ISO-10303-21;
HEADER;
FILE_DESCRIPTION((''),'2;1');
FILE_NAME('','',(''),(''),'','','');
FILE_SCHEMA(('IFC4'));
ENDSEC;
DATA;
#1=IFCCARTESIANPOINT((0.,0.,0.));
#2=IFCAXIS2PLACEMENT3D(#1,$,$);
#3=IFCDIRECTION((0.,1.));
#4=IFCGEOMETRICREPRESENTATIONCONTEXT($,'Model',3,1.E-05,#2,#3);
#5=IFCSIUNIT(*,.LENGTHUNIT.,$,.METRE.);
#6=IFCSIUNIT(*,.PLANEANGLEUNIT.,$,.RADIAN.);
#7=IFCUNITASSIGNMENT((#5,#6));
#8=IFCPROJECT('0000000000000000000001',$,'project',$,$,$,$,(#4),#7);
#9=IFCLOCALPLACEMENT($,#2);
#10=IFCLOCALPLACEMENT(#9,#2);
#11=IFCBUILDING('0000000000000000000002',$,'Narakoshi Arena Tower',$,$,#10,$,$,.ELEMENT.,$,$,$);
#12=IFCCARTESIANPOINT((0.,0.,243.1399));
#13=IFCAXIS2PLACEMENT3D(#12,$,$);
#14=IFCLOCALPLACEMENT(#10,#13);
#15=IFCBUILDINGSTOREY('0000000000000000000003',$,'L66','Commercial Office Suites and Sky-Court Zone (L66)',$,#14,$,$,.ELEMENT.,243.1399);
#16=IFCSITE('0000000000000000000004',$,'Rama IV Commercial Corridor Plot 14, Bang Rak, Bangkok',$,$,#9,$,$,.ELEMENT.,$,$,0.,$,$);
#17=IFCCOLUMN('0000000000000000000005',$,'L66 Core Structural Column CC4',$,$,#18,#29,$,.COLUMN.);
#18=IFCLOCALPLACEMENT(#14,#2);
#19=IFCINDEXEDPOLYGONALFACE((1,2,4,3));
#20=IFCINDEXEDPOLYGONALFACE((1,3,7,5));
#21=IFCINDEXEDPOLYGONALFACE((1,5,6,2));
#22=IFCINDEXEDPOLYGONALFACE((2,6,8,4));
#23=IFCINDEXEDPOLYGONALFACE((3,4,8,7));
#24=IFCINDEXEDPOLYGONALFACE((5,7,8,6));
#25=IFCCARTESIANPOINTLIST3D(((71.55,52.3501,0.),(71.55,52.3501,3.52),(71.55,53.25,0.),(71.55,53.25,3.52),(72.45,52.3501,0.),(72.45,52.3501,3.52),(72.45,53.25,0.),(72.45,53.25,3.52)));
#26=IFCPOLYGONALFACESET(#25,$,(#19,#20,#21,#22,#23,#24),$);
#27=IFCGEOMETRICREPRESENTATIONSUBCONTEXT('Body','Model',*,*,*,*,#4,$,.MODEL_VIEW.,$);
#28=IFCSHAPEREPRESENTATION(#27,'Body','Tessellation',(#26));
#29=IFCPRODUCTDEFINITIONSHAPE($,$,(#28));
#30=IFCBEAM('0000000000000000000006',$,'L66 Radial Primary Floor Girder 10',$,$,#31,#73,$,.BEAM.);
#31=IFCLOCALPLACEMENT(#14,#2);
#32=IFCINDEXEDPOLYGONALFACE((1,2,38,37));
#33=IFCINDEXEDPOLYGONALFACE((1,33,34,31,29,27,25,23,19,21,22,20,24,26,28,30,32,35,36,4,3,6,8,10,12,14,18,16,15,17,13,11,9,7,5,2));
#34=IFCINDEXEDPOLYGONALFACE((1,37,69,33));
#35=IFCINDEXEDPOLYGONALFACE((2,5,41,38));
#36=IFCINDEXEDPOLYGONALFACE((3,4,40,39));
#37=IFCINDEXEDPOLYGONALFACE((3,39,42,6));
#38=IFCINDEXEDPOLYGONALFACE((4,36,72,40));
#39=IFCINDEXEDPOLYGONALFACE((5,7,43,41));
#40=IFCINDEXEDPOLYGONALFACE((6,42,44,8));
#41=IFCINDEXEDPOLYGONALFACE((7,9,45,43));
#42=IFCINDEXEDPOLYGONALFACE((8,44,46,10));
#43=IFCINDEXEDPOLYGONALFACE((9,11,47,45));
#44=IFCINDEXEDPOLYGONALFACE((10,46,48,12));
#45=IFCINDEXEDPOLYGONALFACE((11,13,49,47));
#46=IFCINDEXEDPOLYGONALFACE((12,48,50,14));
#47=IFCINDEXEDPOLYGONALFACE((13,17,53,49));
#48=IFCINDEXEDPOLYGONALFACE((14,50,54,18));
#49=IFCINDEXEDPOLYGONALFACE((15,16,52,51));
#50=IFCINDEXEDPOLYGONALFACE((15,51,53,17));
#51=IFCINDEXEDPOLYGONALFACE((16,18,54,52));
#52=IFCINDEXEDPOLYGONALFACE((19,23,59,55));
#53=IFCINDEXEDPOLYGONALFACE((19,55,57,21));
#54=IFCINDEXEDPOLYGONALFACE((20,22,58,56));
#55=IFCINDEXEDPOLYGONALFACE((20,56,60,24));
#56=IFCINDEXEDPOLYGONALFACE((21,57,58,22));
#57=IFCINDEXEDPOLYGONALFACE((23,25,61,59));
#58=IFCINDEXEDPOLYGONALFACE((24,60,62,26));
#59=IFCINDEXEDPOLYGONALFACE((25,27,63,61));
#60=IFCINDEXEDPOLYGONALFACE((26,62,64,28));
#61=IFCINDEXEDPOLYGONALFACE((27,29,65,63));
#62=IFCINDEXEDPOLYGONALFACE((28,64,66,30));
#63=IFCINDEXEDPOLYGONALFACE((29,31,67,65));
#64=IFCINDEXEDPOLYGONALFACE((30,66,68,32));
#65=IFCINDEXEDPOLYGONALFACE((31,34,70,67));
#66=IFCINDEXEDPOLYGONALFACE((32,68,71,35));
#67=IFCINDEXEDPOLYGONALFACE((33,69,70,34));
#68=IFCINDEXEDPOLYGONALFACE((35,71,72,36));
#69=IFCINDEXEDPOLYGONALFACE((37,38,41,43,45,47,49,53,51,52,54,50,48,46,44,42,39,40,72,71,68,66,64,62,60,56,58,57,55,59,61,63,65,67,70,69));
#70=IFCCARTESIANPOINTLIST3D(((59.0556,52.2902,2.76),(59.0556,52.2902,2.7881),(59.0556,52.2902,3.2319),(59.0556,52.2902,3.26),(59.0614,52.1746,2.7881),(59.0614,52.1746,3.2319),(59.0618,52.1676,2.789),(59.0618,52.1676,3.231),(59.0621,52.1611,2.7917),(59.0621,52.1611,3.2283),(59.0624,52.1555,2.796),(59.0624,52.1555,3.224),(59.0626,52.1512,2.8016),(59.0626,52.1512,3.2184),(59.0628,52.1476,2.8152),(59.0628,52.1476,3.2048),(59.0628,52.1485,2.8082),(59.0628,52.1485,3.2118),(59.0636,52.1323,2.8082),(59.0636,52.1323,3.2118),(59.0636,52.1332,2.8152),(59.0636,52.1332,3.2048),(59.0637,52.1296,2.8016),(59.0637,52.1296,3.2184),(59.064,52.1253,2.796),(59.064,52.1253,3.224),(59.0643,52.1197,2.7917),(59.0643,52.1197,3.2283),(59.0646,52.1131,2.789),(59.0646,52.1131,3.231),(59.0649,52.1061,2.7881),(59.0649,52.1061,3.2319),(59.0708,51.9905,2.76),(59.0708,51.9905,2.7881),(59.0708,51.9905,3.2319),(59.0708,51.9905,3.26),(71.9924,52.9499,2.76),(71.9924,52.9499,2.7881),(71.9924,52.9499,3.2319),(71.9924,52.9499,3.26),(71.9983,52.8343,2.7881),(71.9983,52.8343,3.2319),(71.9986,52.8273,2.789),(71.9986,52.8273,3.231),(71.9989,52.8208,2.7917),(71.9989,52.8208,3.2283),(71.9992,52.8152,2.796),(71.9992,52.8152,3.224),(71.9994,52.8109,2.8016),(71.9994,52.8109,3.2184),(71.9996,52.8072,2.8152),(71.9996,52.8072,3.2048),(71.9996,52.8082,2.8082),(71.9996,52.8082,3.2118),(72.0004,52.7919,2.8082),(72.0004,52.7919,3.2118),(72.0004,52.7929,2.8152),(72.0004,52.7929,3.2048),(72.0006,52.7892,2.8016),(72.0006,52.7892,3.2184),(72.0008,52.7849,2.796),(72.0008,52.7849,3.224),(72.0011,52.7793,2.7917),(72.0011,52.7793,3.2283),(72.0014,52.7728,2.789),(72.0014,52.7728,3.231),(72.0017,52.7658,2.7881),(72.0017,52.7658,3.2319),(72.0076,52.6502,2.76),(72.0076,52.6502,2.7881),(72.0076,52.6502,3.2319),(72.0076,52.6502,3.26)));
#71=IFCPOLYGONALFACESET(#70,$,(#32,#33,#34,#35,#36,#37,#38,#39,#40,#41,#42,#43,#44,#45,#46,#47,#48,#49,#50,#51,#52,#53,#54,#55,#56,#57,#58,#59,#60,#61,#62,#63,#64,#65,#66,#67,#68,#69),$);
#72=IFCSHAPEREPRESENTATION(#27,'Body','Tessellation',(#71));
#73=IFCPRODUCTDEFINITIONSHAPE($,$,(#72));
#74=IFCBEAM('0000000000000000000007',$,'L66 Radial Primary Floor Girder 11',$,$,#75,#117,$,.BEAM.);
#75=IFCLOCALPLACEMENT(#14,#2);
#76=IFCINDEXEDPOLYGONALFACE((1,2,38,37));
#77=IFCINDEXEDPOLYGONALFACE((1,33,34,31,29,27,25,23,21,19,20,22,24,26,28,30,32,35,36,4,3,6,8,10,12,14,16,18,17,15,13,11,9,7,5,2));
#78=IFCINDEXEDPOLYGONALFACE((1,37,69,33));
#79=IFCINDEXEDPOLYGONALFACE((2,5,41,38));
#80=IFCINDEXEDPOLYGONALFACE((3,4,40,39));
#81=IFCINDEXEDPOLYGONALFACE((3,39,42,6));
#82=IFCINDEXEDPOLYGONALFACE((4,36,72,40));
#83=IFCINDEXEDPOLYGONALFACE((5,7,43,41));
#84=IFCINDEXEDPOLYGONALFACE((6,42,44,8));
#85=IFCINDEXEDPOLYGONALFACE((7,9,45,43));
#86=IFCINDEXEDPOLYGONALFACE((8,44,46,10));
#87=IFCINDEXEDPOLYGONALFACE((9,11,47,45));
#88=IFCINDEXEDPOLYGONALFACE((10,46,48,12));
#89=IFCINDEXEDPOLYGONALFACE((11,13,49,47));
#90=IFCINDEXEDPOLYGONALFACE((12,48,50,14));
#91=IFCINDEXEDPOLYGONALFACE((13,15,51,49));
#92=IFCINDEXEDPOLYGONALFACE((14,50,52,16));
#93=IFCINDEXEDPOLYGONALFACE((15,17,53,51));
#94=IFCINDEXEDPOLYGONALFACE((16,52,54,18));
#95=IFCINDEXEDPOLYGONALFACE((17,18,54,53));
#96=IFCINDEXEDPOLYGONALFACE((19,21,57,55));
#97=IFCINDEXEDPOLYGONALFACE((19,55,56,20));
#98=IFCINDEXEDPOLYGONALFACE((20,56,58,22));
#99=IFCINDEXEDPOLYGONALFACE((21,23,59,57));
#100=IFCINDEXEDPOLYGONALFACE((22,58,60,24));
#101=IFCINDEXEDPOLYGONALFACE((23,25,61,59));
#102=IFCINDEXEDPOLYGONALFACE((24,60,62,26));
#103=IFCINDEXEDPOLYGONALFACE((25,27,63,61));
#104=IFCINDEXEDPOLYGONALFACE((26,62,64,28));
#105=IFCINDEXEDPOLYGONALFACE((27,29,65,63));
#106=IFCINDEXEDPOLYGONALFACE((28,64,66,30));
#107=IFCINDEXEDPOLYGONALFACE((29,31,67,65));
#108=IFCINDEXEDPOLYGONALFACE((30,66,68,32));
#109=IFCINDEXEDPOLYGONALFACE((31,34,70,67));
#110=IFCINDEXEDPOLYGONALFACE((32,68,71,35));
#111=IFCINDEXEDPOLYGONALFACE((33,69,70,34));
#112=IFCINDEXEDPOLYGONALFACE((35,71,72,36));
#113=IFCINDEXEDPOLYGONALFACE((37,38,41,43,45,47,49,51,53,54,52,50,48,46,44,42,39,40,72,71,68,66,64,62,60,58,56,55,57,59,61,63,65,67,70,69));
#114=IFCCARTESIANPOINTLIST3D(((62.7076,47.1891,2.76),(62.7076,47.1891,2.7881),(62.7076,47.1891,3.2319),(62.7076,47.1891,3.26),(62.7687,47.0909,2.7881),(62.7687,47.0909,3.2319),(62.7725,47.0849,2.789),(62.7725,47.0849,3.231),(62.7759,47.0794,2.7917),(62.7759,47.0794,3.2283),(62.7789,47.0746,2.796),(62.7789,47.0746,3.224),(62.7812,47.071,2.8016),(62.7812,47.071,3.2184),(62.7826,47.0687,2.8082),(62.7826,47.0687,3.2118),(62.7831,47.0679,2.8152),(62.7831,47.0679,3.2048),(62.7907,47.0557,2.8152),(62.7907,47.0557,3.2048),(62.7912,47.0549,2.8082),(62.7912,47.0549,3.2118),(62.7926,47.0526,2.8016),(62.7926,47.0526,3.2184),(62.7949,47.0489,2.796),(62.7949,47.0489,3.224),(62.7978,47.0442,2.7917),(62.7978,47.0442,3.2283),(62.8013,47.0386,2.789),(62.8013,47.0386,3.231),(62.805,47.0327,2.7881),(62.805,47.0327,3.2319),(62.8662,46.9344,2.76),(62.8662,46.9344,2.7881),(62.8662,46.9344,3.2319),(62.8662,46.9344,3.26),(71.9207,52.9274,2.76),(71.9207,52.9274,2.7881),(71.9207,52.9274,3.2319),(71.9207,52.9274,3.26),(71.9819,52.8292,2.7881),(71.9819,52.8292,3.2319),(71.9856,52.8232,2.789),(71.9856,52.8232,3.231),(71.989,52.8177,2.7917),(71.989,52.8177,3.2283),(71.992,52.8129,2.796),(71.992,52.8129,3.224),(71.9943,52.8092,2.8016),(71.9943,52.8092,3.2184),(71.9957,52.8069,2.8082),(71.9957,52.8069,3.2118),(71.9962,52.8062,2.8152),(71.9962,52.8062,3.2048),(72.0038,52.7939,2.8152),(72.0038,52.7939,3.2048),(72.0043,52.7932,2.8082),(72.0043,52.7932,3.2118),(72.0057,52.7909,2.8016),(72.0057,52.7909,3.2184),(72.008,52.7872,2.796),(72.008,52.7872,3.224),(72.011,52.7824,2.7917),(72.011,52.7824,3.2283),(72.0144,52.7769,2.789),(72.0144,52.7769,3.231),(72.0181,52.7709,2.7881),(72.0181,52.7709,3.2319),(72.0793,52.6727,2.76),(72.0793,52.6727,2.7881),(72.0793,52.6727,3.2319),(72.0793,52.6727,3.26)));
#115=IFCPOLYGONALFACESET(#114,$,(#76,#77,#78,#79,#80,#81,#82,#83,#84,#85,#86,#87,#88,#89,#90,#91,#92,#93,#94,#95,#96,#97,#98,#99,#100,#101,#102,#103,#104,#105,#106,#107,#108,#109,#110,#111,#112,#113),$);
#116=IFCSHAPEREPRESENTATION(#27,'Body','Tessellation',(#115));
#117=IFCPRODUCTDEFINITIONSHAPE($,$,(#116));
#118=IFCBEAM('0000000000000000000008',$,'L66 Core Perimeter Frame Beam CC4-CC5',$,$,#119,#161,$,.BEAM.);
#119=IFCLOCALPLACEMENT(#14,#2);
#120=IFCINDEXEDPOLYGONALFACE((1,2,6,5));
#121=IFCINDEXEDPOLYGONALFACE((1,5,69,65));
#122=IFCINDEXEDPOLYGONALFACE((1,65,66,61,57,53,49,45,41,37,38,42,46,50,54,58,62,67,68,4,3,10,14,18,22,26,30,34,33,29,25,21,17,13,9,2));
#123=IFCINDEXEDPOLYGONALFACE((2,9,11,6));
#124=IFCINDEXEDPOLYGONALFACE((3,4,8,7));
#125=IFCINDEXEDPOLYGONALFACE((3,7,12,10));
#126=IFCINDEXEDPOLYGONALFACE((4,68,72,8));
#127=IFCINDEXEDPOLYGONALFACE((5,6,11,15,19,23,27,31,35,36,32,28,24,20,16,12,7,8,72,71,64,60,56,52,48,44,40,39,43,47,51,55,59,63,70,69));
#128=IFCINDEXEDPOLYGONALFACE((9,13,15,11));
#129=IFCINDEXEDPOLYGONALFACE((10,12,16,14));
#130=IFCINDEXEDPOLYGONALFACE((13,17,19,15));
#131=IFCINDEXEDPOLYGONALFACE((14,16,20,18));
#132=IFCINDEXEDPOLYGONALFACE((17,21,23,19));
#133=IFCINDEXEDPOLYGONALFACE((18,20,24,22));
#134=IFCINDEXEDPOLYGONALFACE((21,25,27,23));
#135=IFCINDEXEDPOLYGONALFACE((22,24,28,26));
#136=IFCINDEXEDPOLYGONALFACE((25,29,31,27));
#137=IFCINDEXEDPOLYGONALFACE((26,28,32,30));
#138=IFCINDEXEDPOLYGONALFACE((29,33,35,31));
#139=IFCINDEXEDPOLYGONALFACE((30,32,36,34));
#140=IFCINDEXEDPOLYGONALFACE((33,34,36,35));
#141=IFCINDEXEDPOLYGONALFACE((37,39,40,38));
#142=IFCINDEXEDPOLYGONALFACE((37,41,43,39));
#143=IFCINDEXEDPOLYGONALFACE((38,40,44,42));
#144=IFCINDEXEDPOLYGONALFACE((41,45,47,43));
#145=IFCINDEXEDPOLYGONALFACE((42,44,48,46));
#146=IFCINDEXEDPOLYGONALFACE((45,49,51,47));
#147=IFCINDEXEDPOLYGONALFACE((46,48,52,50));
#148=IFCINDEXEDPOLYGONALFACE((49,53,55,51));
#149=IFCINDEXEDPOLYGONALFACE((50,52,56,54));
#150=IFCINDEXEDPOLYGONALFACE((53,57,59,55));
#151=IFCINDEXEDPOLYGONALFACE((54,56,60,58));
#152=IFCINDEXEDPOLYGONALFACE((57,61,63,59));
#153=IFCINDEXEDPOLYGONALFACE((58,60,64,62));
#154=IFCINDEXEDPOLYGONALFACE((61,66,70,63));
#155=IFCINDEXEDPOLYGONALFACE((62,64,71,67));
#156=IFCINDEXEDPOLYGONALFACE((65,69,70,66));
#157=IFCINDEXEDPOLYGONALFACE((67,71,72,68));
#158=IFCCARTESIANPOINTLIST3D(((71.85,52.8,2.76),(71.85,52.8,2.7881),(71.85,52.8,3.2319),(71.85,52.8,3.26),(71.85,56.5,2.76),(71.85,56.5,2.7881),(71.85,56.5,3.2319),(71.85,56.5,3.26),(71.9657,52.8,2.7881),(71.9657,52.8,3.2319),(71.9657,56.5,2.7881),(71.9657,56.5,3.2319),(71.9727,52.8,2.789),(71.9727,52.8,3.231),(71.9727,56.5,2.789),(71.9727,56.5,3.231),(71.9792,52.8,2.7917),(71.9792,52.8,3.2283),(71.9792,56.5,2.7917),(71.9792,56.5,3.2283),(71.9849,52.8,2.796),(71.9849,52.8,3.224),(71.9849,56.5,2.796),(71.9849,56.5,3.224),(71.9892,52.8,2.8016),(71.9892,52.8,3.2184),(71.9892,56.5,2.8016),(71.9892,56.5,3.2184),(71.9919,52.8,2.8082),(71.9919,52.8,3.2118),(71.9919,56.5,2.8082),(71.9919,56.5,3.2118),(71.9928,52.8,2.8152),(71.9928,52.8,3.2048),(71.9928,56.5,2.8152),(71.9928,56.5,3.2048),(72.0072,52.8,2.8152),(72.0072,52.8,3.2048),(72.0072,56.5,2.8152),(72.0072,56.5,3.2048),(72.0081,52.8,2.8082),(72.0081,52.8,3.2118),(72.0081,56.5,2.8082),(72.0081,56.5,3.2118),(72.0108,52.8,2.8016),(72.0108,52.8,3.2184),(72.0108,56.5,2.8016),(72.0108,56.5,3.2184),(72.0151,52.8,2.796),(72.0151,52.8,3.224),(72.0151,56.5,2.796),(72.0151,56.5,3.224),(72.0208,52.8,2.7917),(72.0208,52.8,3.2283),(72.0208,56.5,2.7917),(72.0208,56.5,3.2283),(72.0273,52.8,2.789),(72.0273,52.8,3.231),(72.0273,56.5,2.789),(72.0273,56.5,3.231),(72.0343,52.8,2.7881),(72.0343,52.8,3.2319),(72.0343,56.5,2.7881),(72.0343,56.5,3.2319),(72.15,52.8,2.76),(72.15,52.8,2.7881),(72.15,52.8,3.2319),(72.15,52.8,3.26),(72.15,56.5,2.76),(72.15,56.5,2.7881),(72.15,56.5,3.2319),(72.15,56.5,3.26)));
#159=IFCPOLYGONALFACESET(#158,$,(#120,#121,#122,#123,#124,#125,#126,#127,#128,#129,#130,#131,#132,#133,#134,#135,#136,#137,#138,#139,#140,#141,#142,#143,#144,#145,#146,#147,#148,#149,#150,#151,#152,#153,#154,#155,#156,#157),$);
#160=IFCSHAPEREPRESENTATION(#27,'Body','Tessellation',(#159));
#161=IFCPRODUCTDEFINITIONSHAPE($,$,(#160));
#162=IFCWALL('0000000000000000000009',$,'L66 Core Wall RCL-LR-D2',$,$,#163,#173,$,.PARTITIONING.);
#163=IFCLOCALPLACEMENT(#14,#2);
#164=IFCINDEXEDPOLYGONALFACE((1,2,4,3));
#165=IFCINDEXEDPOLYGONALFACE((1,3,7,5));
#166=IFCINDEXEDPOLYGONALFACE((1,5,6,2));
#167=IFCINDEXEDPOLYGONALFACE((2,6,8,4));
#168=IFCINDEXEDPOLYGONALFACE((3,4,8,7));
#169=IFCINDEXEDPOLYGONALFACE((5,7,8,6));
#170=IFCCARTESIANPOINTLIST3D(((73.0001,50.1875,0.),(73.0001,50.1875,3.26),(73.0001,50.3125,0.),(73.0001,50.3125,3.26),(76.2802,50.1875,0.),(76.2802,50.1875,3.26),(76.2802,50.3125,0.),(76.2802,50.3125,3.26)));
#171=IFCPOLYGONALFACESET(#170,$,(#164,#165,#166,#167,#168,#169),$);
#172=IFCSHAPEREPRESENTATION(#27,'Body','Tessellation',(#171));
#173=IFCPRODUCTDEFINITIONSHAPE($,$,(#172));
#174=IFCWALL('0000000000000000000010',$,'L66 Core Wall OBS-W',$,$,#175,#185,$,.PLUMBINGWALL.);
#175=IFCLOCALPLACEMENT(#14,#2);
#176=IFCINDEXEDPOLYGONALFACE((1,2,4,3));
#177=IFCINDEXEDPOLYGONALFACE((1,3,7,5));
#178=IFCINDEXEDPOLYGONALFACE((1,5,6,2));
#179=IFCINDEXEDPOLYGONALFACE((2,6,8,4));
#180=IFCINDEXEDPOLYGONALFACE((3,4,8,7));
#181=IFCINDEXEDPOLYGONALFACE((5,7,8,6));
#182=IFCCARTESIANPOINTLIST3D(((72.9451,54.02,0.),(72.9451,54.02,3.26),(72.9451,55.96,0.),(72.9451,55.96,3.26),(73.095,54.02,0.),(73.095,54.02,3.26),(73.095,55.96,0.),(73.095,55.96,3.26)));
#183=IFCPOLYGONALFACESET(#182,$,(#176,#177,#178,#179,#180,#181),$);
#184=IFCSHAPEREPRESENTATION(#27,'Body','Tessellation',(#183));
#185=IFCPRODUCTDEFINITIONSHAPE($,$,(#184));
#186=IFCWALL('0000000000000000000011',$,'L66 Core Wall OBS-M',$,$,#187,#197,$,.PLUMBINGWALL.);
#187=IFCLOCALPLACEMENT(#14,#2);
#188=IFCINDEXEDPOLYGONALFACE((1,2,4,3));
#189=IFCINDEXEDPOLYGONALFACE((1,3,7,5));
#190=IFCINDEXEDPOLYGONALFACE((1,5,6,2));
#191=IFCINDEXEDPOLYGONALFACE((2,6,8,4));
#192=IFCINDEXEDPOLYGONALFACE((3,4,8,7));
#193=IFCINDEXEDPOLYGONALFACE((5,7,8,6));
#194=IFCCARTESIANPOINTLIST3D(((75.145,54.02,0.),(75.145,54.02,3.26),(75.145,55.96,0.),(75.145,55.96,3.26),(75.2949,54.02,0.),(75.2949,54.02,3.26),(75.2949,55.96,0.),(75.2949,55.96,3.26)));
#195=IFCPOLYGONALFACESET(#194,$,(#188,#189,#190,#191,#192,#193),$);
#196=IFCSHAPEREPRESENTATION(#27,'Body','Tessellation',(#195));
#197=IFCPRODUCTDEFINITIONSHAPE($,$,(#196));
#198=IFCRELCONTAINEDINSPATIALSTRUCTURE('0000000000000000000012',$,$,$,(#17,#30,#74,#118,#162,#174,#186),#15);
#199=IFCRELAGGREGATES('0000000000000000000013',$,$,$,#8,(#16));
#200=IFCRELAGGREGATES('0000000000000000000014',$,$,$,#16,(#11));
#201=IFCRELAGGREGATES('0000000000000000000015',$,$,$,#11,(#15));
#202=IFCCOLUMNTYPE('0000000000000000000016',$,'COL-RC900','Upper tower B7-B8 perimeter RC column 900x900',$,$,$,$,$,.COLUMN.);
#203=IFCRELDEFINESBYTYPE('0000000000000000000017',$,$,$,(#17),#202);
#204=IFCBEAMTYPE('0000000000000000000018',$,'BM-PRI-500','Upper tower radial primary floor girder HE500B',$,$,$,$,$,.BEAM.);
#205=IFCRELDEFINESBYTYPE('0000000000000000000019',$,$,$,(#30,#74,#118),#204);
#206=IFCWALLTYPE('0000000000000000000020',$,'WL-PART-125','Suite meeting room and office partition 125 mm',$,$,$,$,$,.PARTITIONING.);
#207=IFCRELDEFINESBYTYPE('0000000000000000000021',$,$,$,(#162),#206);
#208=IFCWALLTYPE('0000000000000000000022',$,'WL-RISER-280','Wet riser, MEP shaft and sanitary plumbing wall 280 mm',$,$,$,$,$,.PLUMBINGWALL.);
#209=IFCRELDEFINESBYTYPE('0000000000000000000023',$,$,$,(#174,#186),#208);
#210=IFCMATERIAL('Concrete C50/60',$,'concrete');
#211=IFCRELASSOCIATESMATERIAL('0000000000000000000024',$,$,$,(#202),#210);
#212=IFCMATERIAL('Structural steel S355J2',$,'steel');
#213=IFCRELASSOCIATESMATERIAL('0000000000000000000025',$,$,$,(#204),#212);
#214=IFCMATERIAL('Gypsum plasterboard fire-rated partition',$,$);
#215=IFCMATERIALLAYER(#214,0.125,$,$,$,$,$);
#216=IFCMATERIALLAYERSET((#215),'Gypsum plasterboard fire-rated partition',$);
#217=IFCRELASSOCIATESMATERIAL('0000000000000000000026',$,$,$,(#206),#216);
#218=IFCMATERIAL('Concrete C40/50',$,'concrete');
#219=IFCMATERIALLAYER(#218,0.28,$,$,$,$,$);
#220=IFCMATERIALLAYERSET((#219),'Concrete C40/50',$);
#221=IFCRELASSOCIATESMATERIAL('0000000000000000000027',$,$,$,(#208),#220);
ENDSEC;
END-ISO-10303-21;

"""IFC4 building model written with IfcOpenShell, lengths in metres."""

from ifc_helpers import new_model, si_unit, direction, frame, frame_2d, origin, origin_2d, place, context, subcontext, project, spatial, rectangle, i_section, extrude, material, layer, layer_set, material_profile, profile_set, type_object, element, save


model = new_model("IFC4")

# Units and contexts
model_context = context("Model", 3, precision=1e-05, world=origin(), true_north=direction((0.0, 1.0)))
body_context = subcontext(model_context, "Body", "Model", "MODEL_VIEW")
ifc_project = project(units=[si_unit("LENGTHUNIT", "METRE"), si_unit("PLANEANGLEUNIT", "RADIAN")], contexts=[model_context])

# Site, building, storey
site_placement = place(None, origin())
site = spatial("IfcSite", under=ifc_project, at=site_placement, Name="Rama IV Commercial Corridor Plot 14, Bang Rak, Bangkok", CompositionType="ELEMENT", RefElevation=0.0)
building_placement = place(site_placement, origin())
building = spatial("IfcBuilding", under=site, at=building_placement, Name="Narakoshi Arena Tower", CompositionType="ELEMENT")
storey_placement = place(building_placement, frame((0.0, 0.0, 243.1399)))
storey = spatial("IfcBuildingStorey", under=building, at=storey_placement, Name="L66", Description="Commercial Office Suites and Sky-Court Zone (L66)", CompositionType="ELEMENT", Elevation=243.1399)

# Column
ifc_material_1 = material(Name="Concrete C50/60", Category="concrete")
ifc_material_profile_1 = material_profile(ifc_material_1, rectangle(XDim=0.8999, YDim=0.8999, at=origin_2d()), Name="RC900x900")
ifc_profile_set_1 = profile_set([ifc_material_profile_1], Name="Concrete C50/60")
column_type = type_object("IfcColumnType", Name="COL-RC900", Description="Upper tower B7-B8 perimeter RC column 900x900", PredefinedType="COLUMN", material=ifc_profile_set_1)
column_placement = place(storey_placement, frame((72.0, 52.8, 0.0), z_axis=(0.0, 0.0, 1.0), x_axis=(1.0, 0.0, 0.0)))
element("IfcColumn", 1, at=column_placement, inside=storey, type_object=column_type, Name="L66 Core Structural Column CC4", PredefinedType="COLUMN", context=body_context, shape_type="SweptSolid", body=[
    extrude(rectangle(XDim=0.8999, YDim=0.8999, at=origin_2d()), origin(), (0.0, 0.0, 1.0), 3.52),
])

# Beams
ifc_material_2 = material(Name="Structural steel S355J2", Category="steel")
ifc_material_profile_2 = material_profile(ifc_material_2, i_section(OverallWidth=0.3, OverallDepth=0.5, WebThickness=0.0144, FlangeThickness=0.0281, FilletRadius=0.0271, at=origin_2d()), Name="HE500B")
ifc_profile_set_2 = profile_set([ifc_material_profile_2], Name="Structural steel S355J2")
beam_type = type_object("IfcBeamType", Name="BM-PRI-500", Description="Upper tower radial primary floor girder HE500B", PredefinedType="BEAM", material=ifc_profile_set_2)
beam_1_placement = place(storey_placement, frame((72.0, 52.8, 3.01), z_axis=(-0.998702, -0.050926, 0.0), x_axis=(0.050926, -0.998702, 0.0)))
element("IfcBeam", 2, at=beam_1_placement, inside=storey, type_object=beam_type, Name="L66 Radial Primary Floor Girder 10", PredefinedType="BEAM", context=body_context, shape_type="SweptSolid", body=[
    extrude(i_section(OverallWidth=0.3, OverallDepth=0.5, WebThickness=0.0144, FlangeThickness=0.0281, FilletRadius=0.0271, at=origin_2d()), origin(), (0.0, 0.0, 1.0), 12.9536),
])
beam_2_placement = place(storey_placement, frame((72.0, 52.8, 3.01), z_axis=(-0.848822, -0.528678, 0.0), x_axis=(0.528678, -0.848822, 0.0)))
element("IfcBeam", 3, at=beam_2_placement, inside=storey, type_object=beam_type, Name="L66 Radial Primary Floor Girder 11", PredefinedType="BEAM", context=body_context, shape_type="SweptSolid", body=[
    extrude(i_section(OverallWidth=0.3, OverallDepth=0.5, WebThickness=0.0144, FlangeThickness=0.0281, FilletRadius=0.0271, at=origin_2d()), origin(), (0.0, 0.0, 1.0), 10.854),
])
beam_3_placement = place(storey_placement, frame((72.0, 52.8, 3.01), z_axis=(0.0, 1.0, 0.0), x_axis=(-1.0, 0.0, 0.0)))
element("IfcBeam", 4, at=beam_3_placement, inside=storey, type_object=beam_type, Name="L66 Core Perimeter Frame Beam CC4-CC5", PredefinedType="BEAM", context=body_context, shape_type="SweptSolid", body=[
    extrude(i_section(OverallWidth=0.3, OverallDepth=0.5, WebThickness=0.0144, FlangeThickness=0.0281, FilletRadius=0.0271, at=origin_2d()), origin(), (0.0, 0.0, 1.0), 3.7),
])

# Walls
ifc_material_3 = material(Name="Gypsum plasterboard fire-rated partition")
ifc_layer_1 = layer(ifc_material_3, 0.125)
ifc_layer_set_1 = layer_set([ifc_layer_1], Name="Gypsum plasterboard fire-rated partition")
wall_type_1 = type_object("IfcWallType", Name="WL-PART-125", Description="Suite meeting room and office partition 125 mm", PredefinedType="PARTITIONING", material=ifc_layer_set_1)
wall_1_placement = place(storey_placement, frame((73.0, 50.25, 0.0), z_axis=(0.0, 0.0, 1.0), x_axis=(1.0, 0.0, 0.0)))
element("IfcWall", 5, at=wall_1_placement, inside=storey, type_object=wall_type_1, Name="L66 Core Wall RCL-LR-D2", PredefinedType="PARTITIONING", context=body_context, shape_type="SweptSolid", body=[
    extrude(rectangle(XDim=3.28, YDim=0.125, at=frame_2d((1.6401, 0.0))), origin(), (0.0, 0.0, 1.0), 3.26),
])
ifc_material_4 = material(Name="Concrete C40/50", Category="concrete")
ifc_layer_2 = layer(ifc_material_4, 0.28)
ifc_layer_set_2 = layer_set([ifc_layer_2], Name="Concrete C40/50")
wall_type_2 = type_object("IfcWallType", Name="WL-RISER-280", Description="Wet riser, MEP shaft and sanitary plumbing wall 280 mm", PredefinedType="PLUMBINGWALL", material=ifc_layer_set_2)
for number, where, z_axis, x_axis, name in (
    (6, (73.02, 54.02, 0.0), (0.0, 0.0, 1.0), (0.0, 1.0, 0.0), "L66 Core Wall OBS-W"),
    (7, (75.22, 54.02, 0.0), (0.0, 0.0, 1.0), (0.0, 1.0, 0.0), "L66 Core Wall OBS-M"),
):
    element("IfcWall", number, at=place(storey_placement, frame(where, z_axis=z_axis, x_axis=x_axis)), inside=storey, type_object=wall_type_2, Name=name, PredefinedType="PLUMBINGWALL", context=body_context, shape_type="SweptSolid", body=[
        extrude(rectangle(XDim=1.9399, YDim=0.1499, at=frame_2d((0.97, 0.0))), origin(), (0.0, 0.0, 1.0), 3.26),
    ])

save(model, "model.ifc")
